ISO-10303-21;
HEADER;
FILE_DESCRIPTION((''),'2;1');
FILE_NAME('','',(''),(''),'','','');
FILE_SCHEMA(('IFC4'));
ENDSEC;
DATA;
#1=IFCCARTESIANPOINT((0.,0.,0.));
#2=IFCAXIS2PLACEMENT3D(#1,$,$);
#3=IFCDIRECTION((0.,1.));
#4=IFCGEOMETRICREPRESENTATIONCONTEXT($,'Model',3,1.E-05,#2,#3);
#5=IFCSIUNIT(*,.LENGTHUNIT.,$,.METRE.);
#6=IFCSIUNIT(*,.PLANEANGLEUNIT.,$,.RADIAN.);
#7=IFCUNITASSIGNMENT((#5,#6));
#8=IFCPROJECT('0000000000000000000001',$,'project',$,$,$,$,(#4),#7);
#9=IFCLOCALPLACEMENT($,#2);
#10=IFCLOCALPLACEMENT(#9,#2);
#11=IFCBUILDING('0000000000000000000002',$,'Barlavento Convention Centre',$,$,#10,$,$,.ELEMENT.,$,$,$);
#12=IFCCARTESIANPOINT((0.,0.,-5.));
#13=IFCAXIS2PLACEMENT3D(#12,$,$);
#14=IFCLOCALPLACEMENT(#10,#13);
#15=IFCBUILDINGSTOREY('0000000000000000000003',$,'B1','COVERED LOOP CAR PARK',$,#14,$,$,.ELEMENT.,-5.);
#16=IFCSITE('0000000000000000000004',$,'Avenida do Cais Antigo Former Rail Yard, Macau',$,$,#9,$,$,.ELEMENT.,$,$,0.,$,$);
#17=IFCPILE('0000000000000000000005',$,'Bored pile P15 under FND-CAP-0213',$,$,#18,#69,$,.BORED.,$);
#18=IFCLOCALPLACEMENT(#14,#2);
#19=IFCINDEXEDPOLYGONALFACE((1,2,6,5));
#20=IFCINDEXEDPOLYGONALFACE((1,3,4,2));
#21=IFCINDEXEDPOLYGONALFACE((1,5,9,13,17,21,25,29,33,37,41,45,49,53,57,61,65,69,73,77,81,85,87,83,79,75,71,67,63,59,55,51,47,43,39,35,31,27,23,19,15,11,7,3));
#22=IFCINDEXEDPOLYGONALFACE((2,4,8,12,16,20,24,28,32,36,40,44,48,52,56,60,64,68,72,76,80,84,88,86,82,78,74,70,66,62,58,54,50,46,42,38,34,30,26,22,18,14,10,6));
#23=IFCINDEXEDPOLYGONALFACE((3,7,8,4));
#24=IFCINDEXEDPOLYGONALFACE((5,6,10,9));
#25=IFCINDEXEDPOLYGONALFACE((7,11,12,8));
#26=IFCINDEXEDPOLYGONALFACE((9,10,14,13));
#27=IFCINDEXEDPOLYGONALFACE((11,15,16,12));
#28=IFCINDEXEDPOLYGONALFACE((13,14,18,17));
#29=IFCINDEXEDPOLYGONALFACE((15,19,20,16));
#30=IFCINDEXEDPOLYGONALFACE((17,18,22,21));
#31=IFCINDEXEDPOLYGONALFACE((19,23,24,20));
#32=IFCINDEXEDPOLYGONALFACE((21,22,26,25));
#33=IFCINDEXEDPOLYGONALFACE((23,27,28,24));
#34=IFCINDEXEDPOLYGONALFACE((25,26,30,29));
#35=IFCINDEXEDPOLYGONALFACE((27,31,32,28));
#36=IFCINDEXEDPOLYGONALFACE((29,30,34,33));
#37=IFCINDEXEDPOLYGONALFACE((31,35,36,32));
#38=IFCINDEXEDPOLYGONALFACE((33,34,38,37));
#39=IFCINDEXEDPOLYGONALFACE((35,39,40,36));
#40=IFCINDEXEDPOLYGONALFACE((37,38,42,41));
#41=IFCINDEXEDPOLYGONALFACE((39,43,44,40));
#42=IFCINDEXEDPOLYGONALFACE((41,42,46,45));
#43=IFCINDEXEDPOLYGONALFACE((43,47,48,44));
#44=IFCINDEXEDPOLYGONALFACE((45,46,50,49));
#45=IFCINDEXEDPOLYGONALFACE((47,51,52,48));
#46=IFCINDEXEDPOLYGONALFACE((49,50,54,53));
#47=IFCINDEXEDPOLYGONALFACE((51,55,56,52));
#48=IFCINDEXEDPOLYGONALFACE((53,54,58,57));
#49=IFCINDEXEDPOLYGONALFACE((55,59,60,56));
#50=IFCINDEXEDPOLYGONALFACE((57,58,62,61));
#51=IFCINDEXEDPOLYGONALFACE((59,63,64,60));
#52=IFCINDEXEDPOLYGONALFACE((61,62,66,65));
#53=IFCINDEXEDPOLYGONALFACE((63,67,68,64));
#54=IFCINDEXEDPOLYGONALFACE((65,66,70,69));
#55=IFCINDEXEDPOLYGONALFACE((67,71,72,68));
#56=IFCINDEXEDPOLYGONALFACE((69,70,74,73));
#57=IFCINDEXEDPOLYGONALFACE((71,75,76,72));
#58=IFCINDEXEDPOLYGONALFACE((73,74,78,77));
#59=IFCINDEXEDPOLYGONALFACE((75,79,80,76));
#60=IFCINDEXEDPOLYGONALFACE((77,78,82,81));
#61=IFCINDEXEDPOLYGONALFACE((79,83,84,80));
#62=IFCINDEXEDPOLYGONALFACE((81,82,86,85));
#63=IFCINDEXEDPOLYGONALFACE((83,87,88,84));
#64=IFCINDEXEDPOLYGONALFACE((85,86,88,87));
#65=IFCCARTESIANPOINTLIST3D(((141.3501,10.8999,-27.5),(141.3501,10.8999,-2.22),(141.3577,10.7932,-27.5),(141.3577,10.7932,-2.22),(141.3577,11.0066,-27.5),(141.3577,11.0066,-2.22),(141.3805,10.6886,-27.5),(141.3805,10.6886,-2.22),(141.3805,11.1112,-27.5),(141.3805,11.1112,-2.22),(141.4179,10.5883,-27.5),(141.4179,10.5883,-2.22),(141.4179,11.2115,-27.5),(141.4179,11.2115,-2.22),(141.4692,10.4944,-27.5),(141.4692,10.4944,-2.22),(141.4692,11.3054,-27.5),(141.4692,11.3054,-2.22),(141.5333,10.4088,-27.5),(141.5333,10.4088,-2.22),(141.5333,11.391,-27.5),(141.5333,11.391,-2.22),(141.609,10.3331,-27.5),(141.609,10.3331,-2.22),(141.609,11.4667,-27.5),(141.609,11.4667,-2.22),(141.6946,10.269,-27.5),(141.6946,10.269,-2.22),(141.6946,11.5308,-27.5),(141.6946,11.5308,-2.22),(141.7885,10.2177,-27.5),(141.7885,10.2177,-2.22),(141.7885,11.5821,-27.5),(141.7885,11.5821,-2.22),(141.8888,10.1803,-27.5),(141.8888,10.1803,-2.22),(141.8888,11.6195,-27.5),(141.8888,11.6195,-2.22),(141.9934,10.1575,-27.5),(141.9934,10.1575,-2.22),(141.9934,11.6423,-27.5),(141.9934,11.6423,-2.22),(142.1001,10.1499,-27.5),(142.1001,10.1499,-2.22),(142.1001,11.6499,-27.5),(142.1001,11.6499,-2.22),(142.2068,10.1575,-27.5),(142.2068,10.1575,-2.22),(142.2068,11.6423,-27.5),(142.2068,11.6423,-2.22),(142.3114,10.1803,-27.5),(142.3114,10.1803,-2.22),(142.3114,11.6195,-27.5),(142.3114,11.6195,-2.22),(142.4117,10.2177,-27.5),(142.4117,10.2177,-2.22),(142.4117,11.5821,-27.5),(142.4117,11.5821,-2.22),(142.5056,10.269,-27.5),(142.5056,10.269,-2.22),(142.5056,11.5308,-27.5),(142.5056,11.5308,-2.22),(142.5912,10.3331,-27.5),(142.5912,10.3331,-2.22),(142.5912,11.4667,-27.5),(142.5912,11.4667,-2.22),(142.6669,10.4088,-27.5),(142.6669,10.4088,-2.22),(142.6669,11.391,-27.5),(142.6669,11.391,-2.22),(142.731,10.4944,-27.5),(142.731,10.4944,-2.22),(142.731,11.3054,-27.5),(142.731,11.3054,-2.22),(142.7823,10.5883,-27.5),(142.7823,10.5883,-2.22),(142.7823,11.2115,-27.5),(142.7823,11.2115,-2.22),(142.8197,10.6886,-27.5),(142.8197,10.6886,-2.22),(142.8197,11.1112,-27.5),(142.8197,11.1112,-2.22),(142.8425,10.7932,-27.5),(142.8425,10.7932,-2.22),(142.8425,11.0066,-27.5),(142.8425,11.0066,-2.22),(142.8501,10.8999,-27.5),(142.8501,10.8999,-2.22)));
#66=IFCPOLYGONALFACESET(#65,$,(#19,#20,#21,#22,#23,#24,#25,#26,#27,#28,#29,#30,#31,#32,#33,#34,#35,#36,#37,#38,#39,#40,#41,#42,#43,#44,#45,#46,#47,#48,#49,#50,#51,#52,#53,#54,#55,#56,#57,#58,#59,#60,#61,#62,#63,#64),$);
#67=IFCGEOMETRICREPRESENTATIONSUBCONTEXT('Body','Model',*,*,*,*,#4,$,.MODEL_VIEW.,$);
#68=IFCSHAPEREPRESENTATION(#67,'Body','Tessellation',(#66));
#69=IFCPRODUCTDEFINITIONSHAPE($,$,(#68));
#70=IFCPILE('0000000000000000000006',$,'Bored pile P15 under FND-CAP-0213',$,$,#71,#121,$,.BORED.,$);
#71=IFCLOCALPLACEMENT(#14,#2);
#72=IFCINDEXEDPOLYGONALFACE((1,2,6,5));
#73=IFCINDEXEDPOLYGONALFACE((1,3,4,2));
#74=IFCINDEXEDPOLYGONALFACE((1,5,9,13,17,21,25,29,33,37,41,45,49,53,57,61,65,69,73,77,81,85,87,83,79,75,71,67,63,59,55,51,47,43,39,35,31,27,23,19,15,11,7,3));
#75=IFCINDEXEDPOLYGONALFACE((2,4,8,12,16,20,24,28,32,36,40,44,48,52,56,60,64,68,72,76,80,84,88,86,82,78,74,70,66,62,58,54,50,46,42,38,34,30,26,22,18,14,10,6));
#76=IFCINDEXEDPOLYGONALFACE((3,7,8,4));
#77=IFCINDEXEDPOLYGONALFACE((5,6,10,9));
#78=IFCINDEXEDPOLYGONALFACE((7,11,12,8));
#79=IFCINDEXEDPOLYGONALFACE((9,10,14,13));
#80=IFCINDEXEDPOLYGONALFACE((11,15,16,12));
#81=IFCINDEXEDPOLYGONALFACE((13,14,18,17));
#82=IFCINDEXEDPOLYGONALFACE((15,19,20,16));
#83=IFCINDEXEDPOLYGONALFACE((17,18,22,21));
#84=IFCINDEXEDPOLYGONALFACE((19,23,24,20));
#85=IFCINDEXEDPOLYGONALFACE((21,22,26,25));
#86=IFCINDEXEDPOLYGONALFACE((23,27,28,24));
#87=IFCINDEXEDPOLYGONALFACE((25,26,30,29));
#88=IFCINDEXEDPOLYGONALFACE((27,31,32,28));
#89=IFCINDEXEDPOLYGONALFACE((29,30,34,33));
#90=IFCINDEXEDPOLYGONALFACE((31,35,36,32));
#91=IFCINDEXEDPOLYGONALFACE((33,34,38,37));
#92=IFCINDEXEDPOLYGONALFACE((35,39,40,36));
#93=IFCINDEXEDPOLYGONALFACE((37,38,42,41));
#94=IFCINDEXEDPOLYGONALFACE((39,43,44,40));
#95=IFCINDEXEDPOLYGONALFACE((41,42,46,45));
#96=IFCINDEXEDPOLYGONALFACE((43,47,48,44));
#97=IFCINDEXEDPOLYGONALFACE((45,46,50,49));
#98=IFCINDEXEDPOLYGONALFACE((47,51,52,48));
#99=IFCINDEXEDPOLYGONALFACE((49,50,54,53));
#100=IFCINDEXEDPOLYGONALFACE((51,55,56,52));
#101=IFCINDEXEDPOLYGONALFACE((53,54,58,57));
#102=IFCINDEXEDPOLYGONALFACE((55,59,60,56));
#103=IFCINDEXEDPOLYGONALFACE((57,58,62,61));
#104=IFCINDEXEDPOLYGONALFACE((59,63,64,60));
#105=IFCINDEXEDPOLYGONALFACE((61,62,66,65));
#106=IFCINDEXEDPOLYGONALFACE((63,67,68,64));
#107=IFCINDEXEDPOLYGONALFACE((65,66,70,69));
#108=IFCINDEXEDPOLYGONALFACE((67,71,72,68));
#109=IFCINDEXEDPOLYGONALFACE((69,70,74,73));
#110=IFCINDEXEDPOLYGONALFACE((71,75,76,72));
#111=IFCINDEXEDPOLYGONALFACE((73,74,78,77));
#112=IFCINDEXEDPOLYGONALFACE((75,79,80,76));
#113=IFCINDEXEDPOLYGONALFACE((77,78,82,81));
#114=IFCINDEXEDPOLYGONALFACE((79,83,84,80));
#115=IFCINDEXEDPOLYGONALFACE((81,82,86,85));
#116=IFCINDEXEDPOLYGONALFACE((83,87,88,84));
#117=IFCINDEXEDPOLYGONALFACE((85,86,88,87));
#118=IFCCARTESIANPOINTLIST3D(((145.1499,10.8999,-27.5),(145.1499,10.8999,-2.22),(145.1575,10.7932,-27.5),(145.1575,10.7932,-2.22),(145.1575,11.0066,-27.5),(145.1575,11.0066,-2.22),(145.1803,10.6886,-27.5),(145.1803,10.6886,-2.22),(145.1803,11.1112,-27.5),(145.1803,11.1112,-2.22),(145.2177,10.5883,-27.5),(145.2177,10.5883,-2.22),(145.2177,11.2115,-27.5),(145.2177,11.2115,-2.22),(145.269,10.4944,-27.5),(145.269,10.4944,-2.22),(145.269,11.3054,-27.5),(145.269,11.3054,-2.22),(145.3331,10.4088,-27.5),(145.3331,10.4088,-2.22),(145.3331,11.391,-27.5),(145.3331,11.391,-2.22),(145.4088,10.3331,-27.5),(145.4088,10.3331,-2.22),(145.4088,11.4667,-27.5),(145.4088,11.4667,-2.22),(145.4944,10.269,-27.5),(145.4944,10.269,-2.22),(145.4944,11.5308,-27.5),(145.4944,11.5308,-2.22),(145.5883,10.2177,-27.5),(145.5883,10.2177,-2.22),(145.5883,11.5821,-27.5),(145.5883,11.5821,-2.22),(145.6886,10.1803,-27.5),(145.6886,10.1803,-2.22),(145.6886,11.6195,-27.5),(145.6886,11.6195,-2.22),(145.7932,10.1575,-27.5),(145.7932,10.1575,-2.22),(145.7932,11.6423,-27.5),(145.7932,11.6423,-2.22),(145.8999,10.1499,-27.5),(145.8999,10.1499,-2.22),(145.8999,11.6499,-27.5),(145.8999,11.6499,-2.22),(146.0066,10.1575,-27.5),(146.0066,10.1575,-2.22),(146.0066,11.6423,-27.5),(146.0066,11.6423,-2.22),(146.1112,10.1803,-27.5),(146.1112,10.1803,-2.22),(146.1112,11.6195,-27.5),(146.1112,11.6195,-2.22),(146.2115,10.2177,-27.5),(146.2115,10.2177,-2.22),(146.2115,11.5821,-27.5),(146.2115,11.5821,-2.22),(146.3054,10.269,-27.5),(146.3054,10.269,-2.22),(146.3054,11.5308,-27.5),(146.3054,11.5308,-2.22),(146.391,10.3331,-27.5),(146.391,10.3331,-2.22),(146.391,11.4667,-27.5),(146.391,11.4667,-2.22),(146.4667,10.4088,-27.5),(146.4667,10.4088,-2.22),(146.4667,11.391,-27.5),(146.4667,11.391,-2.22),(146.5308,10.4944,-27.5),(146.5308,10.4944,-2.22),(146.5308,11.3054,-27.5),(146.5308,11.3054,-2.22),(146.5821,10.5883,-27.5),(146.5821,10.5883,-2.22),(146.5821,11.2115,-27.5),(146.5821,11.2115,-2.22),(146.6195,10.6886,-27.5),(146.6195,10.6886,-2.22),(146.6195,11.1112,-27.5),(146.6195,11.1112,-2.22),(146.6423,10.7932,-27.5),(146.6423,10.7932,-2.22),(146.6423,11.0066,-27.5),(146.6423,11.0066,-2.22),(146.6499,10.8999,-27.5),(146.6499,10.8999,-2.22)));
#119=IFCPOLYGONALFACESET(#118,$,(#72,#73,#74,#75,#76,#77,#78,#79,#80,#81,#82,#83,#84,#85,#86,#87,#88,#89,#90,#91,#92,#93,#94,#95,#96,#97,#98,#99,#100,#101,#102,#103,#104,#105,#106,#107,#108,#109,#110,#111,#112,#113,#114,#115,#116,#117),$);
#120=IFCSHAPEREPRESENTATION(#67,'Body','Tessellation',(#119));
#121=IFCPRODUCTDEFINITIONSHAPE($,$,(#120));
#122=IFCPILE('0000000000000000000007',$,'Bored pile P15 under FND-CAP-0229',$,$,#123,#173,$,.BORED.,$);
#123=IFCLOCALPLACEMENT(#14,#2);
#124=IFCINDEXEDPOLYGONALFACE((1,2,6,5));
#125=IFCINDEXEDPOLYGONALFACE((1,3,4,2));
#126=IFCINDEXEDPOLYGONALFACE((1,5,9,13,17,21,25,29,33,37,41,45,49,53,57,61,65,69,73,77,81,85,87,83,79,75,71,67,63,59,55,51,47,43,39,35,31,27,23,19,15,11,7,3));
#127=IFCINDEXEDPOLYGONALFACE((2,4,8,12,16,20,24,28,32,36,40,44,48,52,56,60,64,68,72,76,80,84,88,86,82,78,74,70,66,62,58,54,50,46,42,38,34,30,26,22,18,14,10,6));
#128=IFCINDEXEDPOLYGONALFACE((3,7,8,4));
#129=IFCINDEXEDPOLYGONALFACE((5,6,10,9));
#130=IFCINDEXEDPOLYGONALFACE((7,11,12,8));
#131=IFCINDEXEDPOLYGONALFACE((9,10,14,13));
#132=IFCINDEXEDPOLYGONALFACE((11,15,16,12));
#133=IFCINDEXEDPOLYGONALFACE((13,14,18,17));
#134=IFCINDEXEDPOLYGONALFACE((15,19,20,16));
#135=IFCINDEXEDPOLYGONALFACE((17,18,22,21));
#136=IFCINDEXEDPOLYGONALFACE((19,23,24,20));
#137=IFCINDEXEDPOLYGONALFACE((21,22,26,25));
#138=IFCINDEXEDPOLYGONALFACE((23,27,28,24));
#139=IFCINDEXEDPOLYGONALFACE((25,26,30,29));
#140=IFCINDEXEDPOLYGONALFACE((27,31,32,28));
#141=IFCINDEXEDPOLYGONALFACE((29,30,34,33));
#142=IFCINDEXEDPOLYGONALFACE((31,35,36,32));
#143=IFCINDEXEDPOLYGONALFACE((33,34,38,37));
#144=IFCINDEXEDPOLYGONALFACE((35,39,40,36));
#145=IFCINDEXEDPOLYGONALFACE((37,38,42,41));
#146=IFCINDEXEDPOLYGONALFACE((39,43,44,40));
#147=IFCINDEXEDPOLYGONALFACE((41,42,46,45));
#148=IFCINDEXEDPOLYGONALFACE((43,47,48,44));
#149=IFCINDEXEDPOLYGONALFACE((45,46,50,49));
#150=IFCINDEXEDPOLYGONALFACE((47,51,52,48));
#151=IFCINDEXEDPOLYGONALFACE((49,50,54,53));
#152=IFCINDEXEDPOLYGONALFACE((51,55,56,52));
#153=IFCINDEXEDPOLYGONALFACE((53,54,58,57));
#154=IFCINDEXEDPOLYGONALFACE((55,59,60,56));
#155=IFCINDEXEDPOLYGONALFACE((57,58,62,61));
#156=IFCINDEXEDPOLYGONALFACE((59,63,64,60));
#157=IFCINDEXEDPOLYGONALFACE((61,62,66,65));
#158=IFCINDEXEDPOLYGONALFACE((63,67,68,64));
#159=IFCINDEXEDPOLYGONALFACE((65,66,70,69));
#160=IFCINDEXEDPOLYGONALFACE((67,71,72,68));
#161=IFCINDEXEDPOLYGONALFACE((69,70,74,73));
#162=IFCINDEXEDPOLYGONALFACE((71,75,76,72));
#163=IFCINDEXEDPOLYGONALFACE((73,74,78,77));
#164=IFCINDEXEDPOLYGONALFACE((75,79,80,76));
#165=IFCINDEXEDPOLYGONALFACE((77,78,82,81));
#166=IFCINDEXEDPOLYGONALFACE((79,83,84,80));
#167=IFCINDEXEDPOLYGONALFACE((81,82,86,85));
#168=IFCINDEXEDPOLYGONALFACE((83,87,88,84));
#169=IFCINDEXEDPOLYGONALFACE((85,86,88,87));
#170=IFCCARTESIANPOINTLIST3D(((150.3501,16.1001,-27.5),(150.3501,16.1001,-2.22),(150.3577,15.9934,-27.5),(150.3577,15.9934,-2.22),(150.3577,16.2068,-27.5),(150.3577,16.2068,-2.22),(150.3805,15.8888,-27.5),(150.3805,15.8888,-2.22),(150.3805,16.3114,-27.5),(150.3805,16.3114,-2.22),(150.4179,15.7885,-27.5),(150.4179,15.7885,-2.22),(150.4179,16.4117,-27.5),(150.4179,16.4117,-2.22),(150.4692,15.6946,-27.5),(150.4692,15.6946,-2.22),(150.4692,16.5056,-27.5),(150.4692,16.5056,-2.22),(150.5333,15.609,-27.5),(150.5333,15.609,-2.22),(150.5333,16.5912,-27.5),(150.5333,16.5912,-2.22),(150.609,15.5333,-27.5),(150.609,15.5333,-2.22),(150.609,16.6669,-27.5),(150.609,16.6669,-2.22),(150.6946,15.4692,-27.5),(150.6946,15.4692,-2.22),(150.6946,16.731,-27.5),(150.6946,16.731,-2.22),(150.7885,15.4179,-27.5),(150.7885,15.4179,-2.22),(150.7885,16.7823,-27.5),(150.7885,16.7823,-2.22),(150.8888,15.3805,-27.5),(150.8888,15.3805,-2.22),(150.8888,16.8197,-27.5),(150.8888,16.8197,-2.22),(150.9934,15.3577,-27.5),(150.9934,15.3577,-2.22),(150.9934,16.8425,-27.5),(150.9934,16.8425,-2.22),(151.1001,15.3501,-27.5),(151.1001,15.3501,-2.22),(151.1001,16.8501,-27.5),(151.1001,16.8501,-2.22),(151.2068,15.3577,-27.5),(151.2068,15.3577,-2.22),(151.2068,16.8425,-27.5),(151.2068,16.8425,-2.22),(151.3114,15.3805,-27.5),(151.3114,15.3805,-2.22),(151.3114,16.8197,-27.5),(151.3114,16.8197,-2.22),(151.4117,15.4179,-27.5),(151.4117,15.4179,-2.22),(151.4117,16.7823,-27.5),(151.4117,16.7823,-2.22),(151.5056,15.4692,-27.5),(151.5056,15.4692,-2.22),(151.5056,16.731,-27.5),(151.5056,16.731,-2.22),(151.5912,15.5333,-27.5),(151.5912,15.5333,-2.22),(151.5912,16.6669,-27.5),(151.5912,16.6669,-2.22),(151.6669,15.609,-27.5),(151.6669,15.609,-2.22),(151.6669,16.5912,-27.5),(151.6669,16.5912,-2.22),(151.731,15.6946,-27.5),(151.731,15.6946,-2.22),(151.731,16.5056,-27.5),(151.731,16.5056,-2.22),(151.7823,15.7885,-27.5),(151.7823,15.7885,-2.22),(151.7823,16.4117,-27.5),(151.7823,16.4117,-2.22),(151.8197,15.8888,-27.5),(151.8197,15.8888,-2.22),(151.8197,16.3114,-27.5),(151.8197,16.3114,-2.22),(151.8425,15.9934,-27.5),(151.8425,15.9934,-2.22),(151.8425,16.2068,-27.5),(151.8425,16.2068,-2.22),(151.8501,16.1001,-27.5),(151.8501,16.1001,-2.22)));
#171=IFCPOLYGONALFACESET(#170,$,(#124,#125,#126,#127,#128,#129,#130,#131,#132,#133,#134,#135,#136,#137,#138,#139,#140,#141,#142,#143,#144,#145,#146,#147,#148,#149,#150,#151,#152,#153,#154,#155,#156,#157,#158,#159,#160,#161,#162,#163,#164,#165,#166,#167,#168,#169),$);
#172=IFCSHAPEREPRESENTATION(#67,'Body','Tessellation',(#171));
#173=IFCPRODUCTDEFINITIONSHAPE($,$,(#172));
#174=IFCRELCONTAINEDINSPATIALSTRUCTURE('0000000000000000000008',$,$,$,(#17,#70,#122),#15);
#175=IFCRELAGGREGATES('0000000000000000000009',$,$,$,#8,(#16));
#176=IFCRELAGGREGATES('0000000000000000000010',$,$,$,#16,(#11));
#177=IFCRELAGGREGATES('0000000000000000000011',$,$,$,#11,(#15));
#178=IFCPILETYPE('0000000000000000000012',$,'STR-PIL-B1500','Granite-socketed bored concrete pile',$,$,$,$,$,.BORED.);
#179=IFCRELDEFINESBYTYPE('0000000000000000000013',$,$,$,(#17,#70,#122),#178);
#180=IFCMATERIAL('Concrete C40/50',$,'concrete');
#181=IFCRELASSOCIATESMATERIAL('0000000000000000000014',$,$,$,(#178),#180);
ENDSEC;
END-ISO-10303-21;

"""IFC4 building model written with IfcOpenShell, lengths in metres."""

from ifc_helpers import new_model, si_unit, direction, frame, origin, origin_2d, place, context, subcontext, project, spatial, circle, extrude, material, material_profile, profile_set, type_object, element, save


model = new_model("IFC4")

# Units and contexts
model_context = context("Model", 3, precision=1e-05, world=origin(), true_north=direction((0.0, 1.0)))
body_context = subcontext(model_context, "Body", "Model", "MODEL_VIEW")
ifc_project = project(units=[si_unit("LENGTHUNIT", "METRE"), si_unit("PLANEANGLEUNIT", "RADIAN")], contexts=[model_context])

# Site, building, storey
site_placement = place(None, origin())
site = spatial("IfcSite", under=ifc_project, at=site_placement, Name="Avenida do Cais Antigo Former Rail Yard, Macau", CompositionType="ELEMENT", RefElevation=0.0)
building_placement = place(site_placement, origin())
building = spatial("IfcBuilding", under=site, at=building_placement, Name="Barlavento Convention Centre", CompositionType="ELEMENT")
storey_placement = place(building_placement, frame((0.0, 0.0, -5.0)))
storey = spatial("IfcBuildingStorey", under=building, at=storey_placement, Name="B1", Description="COVERED LOOP CAR PARK", CompositionType="ELEMENT", Elevation=-5.0)

# Shared definitions
ifc_material_1 = material(Name="Concrete C40/50", Category="concrete")

# Piles
ifc_material_profile_1 = material_profile(ifc_material_1, circle(Radius=0.75, at=origin_2d()), Name="BORED PILE 1500")
ifc_profile_set_1 = profile_set([ifc_material_profile_1], Name="Concrete C40/50")
pile_type_1 = type_object("IfcPileType", Name="STR-PIL-B1500", Description="Granite-socketed bored concrete pile", PredefinedType="BORED", material=ifc_profile_set_1)
for number, where, z_axis, x_axis, name in (
    (1, (142.1001, 10.8999, -2.22), (0.0, 0.0, -1.0), (1.0, 0.0, 0.0), "Bored pile P15 under FND-CAP-0213"),
    (2, (145.8999, 10.8999, -2.22), (0.0, 0.0, -1.0), (1.0, 0.0, 0.0), "Bored pile P15 under FND-CAP-0213"),
    (3, (151.1001, 16.1001, -2.22), (0.0, 0.0, -1.0), (1.0, 0.0, 0.0), "Bored pile P15 under FND-CAP-0229"),
):
    element("IfcPile", number, at=place(storey_placement, frame(where, z_axis=z_axis, x_axis=x_axis)), inside=storey, type_object=pile_type_1, Name=name, PredefinedType="BORED", context=body_context, shape_type="SweptSolid", body=[
        extrude(circle(Radius=0.75, at=origin_2d()), origin(), (0.0, 0.0, 1.0), 25.28),
    ])

save(model, "model.ifc")
